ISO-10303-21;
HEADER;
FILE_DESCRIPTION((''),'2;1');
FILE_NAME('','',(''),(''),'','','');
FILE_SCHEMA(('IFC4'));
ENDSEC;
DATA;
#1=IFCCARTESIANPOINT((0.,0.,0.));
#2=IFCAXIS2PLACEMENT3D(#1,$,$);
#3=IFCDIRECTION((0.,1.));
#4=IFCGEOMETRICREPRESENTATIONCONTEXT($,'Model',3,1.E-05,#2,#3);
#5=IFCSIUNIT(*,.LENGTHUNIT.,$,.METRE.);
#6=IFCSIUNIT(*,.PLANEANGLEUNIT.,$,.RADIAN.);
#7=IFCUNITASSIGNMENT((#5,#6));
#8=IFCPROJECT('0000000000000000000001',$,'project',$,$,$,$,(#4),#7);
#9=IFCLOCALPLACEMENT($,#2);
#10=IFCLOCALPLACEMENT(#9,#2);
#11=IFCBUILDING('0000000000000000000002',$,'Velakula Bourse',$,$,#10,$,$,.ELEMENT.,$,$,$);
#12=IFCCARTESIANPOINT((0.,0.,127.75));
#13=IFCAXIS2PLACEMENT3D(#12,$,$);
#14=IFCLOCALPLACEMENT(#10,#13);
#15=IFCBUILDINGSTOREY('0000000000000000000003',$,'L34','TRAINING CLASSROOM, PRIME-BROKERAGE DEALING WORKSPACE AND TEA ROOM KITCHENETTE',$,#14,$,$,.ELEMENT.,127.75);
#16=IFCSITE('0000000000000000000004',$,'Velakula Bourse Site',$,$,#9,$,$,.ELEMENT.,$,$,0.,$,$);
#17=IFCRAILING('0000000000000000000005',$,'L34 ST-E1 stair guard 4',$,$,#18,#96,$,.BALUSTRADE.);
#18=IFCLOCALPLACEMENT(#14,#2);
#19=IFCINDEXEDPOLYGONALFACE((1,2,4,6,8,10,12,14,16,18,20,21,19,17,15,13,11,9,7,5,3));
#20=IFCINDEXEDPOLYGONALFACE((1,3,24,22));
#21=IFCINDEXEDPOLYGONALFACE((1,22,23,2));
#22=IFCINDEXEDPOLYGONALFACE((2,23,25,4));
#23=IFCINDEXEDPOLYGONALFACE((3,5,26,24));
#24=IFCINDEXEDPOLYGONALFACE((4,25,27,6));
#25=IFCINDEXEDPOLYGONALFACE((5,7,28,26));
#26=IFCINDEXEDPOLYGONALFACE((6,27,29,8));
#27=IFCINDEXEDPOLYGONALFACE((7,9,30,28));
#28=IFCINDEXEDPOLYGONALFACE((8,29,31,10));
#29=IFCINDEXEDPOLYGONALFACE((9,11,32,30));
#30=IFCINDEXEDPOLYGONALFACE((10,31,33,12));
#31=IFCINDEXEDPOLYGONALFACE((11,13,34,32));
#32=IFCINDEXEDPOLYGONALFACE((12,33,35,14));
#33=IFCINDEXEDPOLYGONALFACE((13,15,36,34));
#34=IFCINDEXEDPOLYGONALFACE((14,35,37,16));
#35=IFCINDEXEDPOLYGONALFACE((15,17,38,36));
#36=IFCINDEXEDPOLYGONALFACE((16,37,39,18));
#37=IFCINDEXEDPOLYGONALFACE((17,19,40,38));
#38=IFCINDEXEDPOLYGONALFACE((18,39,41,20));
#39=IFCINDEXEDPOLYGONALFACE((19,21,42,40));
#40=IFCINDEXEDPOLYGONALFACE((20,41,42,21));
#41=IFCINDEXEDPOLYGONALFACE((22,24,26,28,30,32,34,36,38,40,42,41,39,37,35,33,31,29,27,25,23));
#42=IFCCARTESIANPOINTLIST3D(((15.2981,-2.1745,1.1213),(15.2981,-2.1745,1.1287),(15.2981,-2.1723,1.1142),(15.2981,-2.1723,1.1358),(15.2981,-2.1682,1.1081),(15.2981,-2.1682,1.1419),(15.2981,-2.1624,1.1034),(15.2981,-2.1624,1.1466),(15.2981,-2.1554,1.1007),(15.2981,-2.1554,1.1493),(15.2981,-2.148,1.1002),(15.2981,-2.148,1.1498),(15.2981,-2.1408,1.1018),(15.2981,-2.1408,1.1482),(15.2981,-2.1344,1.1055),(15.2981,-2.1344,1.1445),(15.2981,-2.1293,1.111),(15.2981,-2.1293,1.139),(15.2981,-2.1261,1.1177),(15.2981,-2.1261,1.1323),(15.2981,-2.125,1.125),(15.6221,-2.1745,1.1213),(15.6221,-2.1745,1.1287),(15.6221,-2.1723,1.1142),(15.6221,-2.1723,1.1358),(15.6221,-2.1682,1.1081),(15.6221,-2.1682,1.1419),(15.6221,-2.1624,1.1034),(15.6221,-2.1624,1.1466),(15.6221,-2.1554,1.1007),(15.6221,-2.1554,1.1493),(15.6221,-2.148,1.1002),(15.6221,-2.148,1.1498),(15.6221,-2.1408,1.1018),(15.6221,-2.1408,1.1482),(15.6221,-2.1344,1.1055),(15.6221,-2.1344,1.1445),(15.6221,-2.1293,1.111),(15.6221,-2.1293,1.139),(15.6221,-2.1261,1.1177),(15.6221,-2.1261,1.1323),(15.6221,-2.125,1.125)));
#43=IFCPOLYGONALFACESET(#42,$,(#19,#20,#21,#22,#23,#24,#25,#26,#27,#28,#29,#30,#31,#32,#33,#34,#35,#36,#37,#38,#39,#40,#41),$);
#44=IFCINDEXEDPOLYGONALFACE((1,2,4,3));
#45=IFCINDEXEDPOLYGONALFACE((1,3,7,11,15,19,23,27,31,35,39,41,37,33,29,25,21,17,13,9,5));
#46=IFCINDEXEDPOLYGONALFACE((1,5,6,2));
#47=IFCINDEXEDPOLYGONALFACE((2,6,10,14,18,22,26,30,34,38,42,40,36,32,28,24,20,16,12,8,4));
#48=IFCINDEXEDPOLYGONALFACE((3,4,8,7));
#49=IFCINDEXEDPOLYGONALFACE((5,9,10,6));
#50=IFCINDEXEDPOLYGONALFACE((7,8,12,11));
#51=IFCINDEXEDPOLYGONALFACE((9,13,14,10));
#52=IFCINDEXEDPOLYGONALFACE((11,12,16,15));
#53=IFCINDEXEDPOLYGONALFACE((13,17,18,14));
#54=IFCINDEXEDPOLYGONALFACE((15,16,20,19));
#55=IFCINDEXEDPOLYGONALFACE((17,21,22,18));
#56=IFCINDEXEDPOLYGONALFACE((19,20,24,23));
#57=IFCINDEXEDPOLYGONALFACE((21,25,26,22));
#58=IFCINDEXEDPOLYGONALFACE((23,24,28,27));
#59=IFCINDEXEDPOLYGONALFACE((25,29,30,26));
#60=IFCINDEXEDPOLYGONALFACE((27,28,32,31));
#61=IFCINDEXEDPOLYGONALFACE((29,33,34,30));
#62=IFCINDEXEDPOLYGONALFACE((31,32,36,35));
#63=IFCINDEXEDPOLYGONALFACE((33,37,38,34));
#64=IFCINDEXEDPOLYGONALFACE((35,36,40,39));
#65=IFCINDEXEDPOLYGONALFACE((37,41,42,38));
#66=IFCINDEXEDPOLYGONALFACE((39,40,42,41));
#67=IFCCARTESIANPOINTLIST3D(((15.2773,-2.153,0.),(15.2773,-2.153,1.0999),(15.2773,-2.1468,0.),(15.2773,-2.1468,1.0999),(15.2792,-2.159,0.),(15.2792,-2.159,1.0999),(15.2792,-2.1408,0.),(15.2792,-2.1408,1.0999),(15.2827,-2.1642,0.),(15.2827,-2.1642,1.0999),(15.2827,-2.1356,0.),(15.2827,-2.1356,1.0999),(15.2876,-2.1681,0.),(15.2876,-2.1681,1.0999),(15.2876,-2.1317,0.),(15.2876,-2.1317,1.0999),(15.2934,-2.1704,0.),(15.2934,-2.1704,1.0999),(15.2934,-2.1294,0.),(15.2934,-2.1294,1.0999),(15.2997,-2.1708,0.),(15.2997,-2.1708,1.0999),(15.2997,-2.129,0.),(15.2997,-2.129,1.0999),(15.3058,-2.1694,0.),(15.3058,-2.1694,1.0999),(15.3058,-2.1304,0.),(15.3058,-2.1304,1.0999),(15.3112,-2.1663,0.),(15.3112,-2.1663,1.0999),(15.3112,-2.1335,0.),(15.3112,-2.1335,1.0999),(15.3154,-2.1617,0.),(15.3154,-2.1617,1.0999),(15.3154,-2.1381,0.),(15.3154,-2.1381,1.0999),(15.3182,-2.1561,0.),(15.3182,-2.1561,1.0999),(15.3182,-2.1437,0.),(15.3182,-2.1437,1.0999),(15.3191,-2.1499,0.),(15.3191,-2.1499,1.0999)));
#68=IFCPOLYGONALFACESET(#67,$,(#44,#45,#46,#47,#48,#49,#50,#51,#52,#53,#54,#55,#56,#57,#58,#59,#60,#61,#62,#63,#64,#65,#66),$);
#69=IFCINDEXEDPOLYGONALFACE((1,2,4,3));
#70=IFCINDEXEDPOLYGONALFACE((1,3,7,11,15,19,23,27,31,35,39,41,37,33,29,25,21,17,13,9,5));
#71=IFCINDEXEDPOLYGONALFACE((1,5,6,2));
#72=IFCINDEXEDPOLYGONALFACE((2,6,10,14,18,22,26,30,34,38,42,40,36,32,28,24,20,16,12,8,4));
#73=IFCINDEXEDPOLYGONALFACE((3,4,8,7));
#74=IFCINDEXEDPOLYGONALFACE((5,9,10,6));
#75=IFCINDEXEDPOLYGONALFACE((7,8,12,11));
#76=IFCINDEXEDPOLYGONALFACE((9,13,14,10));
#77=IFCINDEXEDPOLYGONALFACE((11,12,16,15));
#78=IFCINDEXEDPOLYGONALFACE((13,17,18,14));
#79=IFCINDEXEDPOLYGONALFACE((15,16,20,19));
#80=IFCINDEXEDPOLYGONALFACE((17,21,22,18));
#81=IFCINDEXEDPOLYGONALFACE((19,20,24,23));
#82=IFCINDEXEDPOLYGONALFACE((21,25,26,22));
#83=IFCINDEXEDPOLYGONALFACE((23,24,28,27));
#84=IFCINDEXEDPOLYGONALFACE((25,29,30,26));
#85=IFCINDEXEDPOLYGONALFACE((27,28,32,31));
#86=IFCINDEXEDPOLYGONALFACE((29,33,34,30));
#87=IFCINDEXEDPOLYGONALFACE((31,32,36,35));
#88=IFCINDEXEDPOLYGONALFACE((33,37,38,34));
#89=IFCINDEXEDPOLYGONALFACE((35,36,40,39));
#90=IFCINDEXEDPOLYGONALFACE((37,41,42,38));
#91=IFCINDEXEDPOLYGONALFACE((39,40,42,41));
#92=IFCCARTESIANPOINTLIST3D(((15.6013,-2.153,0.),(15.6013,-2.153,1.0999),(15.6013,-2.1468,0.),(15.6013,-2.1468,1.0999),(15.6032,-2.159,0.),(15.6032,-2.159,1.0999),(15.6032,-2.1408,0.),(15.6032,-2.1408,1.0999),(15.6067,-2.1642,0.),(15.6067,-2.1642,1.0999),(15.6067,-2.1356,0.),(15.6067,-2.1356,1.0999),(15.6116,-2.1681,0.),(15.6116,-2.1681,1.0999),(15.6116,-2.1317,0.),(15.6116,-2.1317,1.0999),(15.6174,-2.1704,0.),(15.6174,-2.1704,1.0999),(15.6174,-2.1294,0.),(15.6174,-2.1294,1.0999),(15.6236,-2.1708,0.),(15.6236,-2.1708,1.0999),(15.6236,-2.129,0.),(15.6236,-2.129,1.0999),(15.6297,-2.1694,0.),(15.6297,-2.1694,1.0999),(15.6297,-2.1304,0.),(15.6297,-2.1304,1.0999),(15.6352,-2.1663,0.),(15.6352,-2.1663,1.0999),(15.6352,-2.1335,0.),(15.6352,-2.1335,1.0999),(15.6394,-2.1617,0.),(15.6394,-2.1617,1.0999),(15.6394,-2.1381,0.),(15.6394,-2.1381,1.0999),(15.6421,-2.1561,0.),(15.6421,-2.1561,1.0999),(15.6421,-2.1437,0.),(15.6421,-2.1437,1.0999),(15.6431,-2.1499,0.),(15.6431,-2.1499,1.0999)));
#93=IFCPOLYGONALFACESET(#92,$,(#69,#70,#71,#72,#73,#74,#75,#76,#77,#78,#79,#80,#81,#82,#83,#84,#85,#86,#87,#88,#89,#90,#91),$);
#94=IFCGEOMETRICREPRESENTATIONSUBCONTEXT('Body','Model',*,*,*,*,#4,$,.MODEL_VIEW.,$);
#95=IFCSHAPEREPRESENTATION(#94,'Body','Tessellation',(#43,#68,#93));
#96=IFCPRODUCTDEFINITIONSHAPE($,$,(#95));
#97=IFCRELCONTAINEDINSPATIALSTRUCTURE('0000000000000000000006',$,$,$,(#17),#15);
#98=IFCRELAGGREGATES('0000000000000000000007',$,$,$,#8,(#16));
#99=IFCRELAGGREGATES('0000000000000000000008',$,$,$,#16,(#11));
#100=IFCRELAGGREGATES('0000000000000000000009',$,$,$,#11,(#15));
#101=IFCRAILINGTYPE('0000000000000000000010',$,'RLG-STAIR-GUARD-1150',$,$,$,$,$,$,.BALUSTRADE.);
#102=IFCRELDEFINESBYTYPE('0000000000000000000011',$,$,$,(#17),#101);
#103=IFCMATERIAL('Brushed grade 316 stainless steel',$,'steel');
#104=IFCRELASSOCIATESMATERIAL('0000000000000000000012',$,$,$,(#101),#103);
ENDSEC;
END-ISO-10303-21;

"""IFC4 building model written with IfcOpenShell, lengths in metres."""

from ifc_helpers import new_model, si_unit, direction, frame, origin, origin_2d, place, context, subcontext, project, spatial, circle, extrude, material, type_object, element, save


model = new_model("IFC4")

# Units and contexts
model_context = context("Model", 3, precision=1e-05, world=origin(), true_north=direction((0.0, 1.0)))
body_context = subcontext(model_context, "Body", "Model", "MODEL_VIEW")
ifc_project = project(units=[si_unit("LENGTHUNIT", "METRE"), si_unit("PLANEANGLEUNIT", "RADIAN")], contexts=[model_context])

# Site, building, storey
site_placement = place(None, origin())
site = spatial("IfcSite", under=ifc_project, at=site_placement, Name="Velakula Bourse Site", CompositionType="ELEMENT", RefElevation=0.0)
building_placement = place(site_placement, origin())
building = spatial("IfcBuilding", under=site, at=building_placement, Name="Velakula Bourse", CompositionType="ELEMENT")
storey_placement = place(building_placement, frame((0.0, 0.0, 127.75)))
storey = spatial("IfcBuildingStorey", under=building, at=storey_placement, Name="L34", Description="TRAINING CLASSROOM, PRIME-BROKERAGE DEALING WORKSPACE AND TEA ROOM KITCHENETTE", CompositionType="ELEMENT", Elevation=127.75)

# Shared definitions
ifc_material_1 = material(Name="Brushed grade 316 stainless steel", Category="steel")

# Railing
railing_type_1 = type_object("IfcRailingType", Name="RLG-STAIR-GUARD-1150", PredefinedType="BALUSTRADE", material=ifc_material_1)
railing_1_placement = place(storey_placement, frame((15.2981, -2.1499, 0.0)))
element("IfcRailing", 1, at=railing_1_placement, inside=storey, type_object=railing_type_1, Name="L34 ST-E1 stair guard 4", PredefinedType="BALUSTRADE", context=body_context, shape_type="SweptSolid", body=[
    extrude(circle(Radius=0.0249, at=origin_2d()), frame((0.0, 0.0, 1.125), z_axis=(1.0, 0.0, 0.0), x_axis=(0.0, 1.0, 0.0)), (0.0, 0.0, 1.0), 0.324),
    extrude(circle(Radius=0.021, at=origin_2d()), origin(), (0.0, 0.0, 1.0), 1.0999),
    extrude(circle(Radius=0.021, at=origin_2d()), frame((0.324, 0.0, 0.0)), (0.0, 0.0, 1.0), 1.0999),
])

save(model, "model.ifc")
